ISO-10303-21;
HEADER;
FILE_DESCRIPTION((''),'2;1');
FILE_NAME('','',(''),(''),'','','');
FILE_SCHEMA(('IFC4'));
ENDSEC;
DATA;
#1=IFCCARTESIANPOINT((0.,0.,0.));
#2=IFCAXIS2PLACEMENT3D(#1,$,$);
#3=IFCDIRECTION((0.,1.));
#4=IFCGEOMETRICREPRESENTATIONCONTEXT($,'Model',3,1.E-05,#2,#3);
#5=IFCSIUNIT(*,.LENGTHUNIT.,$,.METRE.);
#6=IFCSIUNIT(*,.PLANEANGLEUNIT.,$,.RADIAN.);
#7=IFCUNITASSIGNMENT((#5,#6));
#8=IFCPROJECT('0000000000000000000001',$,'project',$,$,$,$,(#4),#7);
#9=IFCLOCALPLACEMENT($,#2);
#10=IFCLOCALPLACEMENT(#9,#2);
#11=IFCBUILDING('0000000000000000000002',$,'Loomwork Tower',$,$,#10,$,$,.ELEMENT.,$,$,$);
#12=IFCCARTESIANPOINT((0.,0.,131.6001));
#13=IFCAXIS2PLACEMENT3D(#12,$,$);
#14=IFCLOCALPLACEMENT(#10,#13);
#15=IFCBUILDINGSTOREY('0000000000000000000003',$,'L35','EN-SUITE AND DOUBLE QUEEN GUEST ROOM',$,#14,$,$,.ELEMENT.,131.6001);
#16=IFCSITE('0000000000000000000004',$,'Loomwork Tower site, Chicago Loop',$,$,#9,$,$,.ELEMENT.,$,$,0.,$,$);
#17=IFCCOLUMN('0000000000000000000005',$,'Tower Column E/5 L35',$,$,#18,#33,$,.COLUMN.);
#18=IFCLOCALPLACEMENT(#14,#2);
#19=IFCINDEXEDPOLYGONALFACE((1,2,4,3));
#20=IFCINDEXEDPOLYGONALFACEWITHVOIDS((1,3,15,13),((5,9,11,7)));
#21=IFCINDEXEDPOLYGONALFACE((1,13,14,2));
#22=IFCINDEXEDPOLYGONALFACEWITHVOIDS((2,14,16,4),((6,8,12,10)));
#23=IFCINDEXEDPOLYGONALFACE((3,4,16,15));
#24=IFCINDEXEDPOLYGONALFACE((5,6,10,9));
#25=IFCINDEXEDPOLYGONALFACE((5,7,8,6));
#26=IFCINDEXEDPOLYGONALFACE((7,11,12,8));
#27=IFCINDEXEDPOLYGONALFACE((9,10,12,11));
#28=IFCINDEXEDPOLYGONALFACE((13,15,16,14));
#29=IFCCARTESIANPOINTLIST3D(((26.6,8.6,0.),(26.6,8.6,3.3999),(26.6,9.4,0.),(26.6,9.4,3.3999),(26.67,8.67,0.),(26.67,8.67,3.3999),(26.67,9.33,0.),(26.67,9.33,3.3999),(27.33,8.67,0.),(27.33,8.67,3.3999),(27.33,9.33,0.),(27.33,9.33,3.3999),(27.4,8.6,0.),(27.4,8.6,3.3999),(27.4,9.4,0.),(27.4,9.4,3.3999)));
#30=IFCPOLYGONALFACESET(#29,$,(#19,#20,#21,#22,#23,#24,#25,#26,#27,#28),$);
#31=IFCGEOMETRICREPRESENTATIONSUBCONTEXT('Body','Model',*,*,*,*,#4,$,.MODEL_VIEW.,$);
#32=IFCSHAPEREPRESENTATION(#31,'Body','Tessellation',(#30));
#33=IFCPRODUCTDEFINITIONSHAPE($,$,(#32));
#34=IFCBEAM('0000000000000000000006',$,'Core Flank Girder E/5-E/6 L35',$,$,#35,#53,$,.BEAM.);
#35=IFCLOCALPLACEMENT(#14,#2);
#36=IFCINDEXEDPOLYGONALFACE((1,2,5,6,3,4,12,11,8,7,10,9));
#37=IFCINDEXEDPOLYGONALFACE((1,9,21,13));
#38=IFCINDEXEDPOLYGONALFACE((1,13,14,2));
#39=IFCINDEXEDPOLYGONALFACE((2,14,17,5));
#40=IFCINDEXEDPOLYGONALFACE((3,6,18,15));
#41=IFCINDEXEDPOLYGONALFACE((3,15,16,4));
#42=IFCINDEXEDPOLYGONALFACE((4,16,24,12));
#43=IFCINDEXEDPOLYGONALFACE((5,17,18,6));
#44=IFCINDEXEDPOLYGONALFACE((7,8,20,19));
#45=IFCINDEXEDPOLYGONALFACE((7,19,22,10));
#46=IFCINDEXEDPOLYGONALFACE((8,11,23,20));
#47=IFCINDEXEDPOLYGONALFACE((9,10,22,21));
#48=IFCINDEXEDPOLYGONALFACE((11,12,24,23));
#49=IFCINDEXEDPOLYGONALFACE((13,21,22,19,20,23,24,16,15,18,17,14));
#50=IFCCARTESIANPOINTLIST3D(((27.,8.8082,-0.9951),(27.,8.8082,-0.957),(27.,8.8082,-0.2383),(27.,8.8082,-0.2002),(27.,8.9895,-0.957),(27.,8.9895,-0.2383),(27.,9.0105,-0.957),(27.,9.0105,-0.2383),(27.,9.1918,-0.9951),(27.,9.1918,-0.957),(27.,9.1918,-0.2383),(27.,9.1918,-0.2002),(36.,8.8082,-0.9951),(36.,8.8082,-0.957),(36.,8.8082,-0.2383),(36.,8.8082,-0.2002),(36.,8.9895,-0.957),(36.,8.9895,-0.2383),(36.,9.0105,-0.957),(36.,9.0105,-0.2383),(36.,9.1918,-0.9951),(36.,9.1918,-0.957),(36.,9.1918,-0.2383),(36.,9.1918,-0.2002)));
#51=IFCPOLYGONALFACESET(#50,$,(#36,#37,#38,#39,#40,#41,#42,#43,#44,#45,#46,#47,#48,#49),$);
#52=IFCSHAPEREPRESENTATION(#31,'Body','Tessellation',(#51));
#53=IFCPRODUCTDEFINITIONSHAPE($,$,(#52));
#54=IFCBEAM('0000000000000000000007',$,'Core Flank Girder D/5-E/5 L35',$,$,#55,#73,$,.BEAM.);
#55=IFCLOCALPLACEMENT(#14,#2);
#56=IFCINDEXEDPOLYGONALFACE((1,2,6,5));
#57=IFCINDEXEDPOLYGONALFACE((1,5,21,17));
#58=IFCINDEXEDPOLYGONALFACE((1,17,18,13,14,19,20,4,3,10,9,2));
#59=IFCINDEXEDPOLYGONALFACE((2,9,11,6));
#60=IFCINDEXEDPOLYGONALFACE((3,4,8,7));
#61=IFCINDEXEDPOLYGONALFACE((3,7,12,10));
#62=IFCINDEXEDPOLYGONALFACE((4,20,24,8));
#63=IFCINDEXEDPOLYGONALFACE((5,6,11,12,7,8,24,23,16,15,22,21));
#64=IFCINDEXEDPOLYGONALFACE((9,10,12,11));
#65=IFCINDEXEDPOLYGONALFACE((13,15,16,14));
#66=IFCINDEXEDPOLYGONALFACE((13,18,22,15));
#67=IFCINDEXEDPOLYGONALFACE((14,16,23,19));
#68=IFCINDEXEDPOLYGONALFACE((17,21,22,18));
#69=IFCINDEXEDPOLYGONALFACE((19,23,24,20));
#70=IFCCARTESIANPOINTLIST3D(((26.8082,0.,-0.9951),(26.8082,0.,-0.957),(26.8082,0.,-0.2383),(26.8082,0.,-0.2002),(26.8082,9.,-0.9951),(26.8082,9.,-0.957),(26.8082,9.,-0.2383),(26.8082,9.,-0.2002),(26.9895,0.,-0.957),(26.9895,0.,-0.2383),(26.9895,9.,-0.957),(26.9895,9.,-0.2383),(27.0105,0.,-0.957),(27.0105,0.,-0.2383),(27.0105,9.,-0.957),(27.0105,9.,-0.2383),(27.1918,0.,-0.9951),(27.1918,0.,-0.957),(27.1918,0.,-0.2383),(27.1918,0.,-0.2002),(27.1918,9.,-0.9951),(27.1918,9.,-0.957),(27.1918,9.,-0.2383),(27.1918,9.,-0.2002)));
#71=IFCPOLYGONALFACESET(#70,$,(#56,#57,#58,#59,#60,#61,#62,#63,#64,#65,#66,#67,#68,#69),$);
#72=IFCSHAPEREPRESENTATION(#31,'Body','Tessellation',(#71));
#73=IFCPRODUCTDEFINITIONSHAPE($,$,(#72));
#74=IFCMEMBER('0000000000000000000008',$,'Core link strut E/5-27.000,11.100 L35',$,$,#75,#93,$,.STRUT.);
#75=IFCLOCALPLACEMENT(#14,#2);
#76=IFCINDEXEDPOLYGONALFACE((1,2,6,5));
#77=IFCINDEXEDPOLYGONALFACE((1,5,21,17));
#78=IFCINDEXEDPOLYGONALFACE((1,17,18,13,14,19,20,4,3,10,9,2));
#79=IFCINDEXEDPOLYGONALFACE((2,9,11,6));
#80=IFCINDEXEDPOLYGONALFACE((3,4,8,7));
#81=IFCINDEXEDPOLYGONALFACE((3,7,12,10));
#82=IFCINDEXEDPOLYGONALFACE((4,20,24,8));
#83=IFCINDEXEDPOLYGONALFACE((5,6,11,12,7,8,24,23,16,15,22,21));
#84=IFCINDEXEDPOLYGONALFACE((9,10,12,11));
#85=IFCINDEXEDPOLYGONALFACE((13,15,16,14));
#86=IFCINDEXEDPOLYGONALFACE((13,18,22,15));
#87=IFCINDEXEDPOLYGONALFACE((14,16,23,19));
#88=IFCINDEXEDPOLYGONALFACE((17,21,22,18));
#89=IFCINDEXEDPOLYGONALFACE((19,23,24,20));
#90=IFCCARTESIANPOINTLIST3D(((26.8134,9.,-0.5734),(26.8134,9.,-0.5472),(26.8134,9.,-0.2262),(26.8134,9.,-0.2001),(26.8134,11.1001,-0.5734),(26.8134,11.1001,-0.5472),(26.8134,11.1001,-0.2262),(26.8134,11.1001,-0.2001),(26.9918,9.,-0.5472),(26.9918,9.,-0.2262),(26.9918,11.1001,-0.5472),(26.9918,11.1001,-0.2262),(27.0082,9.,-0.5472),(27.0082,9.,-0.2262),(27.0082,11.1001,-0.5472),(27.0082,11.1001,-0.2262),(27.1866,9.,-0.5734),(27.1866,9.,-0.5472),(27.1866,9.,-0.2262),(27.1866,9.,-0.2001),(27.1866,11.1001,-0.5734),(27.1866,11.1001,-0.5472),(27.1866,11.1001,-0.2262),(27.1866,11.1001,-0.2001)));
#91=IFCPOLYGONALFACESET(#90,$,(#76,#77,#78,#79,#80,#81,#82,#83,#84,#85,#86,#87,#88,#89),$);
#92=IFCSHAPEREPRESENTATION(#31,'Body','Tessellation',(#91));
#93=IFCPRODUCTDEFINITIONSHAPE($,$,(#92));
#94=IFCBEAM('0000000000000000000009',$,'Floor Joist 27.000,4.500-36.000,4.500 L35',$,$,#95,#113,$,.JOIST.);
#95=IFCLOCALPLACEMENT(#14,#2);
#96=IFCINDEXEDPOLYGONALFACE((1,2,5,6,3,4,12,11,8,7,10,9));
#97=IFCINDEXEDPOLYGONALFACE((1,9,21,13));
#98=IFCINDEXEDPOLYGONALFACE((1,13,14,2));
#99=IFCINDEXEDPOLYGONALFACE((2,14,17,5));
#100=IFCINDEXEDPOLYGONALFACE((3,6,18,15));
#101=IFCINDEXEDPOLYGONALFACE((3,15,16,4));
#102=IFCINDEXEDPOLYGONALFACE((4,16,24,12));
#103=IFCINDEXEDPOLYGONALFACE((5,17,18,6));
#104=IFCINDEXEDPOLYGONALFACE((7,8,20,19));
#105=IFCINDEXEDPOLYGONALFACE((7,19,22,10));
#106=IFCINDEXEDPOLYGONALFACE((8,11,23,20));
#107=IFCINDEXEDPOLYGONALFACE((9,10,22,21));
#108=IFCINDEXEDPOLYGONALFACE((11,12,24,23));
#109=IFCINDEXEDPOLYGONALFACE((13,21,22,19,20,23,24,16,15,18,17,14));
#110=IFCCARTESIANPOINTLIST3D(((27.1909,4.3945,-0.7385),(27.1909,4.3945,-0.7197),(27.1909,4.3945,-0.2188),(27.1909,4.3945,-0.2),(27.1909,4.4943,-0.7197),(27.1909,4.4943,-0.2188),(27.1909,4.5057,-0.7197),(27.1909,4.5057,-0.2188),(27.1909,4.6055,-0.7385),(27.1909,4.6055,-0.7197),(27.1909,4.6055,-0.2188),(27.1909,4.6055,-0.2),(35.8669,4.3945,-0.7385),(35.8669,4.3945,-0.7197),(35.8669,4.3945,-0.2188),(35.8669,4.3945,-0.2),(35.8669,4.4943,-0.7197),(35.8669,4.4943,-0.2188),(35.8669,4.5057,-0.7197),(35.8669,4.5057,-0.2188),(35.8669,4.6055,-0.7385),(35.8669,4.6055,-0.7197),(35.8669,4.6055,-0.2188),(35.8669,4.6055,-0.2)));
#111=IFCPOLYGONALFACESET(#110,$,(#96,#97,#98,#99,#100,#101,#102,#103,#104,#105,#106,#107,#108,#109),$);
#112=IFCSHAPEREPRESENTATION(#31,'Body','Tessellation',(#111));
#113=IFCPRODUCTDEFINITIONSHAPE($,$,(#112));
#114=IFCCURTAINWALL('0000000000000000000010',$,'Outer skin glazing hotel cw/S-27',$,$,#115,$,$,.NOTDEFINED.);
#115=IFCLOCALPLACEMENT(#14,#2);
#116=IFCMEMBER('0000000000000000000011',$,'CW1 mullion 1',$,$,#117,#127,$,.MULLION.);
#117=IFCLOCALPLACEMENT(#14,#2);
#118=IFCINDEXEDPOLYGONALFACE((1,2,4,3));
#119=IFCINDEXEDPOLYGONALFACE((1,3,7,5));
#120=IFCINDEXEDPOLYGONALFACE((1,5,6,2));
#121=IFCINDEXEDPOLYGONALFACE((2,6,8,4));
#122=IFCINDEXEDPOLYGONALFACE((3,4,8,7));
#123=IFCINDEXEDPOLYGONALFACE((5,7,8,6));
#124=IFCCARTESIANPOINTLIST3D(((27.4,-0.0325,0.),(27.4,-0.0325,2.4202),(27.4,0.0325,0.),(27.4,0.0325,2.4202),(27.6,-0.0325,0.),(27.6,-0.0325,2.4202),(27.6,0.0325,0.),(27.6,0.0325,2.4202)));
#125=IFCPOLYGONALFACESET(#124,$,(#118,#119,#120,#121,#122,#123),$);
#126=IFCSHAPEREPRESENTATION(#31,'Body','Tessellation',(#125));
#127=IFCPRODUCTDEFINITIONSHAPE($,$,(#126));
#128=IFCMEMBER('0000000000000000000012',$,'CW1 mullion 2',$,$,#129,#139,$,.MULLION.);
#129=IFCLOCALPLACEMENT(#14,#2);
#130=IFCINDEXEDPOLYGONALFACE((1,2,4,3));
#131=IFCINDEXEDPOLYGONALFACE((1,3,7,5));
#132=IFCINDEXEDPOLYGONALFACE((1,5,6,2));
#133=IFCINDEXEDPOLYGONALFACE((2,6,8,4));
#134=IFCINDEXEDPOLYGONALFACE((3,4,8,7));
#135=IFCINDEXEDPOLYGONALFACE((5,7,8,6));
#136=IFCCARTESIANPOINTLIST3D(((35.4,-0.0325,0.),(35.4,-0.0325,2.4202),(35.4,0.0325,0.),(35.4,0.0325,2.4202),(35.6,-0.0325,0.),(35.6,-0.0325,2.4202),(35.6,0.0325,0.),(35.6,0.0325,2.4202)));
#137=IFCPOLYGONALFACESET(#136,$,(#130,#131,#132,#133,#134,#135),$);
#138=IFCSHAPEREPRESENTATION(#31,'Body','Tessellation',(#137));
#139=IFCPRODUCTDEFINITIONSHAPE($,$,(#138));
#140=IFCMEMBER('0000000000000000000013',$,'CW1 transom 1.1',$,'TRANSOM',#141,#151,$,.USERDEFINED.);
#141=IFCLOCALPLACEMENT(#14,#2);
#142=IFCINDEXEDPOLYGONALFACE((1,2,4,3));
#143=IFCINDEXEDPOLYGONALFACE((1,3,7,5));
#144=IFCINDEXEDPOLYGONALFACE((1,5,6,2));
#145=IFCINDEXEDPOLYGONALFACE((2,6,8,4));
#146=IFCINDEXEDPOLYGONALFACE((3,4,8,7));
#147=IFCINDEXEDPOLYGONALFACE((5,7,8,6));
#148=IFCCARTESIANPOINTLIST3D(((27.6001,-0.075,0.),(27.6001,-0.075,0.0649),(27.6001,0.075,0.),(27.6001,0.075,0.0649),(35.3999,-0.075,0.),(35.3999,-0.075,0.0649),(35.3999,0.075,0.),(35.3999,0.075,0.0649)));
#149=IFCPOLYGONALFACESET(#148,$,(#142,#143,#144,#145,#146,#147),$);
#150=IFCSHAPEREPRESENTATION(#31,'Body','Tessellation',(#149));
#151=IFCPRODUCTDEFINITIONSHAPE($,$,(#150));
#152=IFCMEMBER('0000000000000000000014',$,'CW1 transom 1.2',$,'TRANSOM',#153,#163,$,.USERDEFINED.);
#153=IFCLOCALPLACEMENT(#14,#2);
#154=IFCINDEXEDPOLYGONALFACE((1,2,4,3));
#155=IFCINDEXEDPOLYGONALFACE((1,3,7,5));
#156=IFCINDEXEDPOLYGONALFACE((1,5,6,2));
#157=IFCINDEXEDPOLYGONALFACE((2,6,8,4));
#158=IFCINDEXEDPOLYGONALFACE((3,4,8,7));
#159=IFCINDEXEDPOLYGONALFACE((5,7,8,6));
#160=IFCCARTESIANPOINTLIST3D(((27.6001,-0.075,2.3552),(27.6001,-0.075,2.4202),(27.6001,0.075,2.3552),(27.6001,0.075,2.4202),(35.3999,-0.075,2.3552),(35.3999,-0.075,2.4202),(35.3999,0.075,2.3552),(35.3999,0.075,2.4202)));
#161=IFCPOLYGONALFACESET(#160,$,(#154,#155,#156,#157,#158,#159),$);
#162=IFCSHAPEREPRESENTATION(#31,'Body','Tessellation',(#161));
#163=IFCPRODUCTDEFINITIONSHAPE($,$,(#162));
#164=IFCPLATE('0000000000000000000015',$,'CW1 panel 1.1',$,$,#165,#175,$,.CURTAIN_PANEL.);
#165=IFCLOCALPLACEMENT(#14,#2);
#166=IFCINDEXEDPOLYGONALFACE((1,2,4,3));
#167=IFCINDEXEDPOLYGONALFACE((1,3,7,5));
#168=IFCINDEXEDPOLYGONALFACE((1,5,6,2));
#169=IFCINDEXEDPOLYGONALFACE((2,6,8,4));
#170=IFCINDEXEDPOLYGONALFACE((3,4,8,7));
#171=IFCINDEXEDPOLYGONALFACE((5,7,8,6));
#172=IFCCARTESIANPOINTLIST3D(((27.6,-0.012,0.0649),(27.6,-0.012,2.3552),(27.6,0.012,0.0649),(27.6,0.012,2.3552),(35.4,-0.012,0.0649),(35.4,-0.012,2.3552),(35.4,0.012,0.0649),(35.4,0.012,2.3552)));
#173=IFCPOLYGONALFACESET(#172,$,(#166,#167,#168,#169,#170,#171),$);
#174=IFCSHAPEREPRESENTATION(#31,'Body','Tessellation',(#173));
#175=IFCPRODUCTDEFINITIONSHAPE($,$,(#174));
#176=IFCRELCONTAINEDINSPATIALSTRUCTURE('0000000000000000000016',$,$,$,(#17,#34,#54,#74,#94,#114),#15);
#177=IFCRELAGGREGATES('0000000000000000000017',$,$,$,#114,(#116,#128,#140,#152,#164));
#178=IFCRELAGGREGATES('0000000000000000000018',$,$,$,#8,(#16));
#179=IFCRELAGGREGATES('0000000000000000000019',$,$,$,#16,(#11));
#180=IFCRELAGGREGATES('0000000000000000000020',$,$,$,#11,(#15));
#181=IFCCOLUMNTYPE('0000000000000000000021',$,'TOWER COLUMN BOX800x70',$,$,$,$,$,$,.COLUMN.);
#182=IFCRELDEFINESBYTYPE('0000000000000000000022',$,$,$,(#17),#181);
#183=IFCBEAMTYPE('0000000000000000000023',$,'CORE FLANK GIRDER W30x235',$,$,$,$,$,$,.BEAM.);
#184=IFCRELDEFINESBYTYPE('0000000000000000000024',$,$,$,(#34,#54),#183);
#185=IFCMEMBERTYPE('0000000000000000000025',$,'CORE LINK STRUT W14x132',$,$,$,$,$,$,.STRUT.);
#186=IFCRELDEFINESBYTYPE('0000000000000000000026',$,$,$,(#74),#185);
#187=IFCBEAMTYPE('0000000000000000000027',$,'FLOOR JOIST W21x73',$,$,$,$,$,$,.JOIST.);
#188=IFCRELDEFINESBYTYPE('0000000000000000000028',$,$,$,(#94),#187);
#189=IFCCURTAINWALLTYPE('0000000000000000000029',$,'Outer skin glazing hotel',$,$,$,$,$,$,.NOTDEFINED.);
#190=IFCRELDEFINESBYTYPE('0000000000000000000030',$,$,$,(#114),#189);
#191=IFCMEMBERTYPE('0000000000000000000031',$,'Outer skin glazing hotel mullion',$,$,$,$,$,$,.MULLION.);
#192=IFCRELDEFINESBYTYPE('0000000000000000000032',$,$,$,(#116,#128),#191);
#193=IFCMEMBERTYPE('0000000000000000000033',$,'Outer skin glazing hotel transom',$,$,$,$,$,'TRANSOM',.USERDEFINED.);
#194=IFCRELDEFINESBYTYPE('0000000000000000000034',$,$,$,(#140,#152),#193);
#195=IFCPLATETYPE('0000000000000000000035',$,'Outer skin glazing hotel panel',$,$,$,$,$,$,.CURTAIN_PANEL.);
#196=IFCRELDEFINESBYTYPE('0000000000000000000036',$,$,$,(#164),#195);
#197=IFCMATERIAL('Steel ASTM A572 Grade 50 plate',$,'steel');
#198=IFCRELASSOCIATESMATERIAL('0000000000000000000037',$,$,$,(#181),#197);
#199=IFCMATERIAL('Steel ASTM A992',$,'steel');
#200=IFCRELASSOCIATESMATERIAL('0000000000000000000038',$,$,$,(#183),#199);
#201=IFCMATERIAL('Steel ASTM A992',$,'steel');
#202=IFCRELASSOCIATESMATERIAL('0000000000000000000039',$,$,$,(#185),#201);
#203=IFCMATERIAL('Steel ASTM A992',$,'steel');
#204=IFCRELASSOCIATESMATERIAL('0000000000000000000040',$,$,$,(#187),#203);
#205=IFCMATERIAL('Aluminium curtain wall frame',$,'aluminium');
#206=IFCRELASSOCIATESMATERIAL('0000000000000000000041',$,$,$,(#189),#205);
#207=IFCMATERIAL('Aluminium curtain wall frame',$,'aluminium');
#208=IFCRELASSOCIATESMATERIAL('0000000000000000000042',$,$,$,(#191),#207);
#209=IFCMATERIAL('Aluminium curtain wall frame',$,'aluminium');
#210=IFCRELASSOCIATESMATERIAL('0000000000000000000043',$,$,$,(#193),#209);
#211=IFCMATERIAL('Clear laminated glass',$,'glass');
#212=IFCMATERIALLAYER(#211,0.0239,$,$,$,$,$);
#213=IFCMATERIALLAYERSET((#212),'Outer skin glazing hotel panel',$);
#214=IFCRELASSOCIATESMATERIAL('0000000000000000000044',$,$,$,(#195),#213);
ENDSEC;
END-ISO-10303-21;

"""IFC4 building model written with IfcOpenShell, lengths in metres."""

from ifc_helpers import new_model, si_unit, direction, frame, origin, origin_2d, place, context, subcontext, project, spatial, rectangle, hollow_rectangle, i_section, extrude, material, layer, layer_set, material_profile, profile_set, type_object, element, aggregate, save


model = new_model("IFC4")

# Units and contexts
model_context = context("Model", 3, precision=1e-05, world=origin(), true_north=direction((0.0, 1.0)))
body_context = subcontext(model_context, "Body", "Model", "MODEL_VIEW")
ifc_project = project(units=[si_unit("LENGTHUNIT", "METRE"), si_unit("PLANEANGLEUNIT", "RADIAN")], contexts=[model_context])

# Site, building, storey
site_placement = place(None, origin())
site = spatial("IfcSite", under=ifc_project, at=site_placement, Name="Loomwork Tower site, Chicago Loop", CompositionType="ELEMENT", RefElevation=0.0)
building_placement = place(site_placement, origin())
building = spatial("IfcBuilding", under=site, at=building_placement, Name="Loomwork Tower", CompositionType="ELEMENT")
storey_placement = place(building_placement, frame((0.0, 0.0, 131.6001)))
storey = spatial("IfcBuildingStorey", under=building, at=storey_placement, Name="L35", Description="EN-SUITE AND DOUBLE QUEEN GUEST ROOM", CompositionType="ELEMENT", Elevation=131.6001)

# Column
ifc_material_1 = material(Name="Steel ASTM A572 Grade 50 plate", Category="steel")
ifc_material_profile_1 = material_profile(ifc_material_1, hollow_rectangle(XDim=0.8, YDim=0.8, WallThickness=0.0701, at=origin_2d()), Name="BOX800x70")
ifc_profile_set_1 = profile_set([ifc_material_profile_1], Name="Steel ASTM A572 Grade 50 plate")
column_type = type_object("IfcColumnType", Name="TOWER COLUMN BOX800x70", PredefinedType="COLUMN", material=ifc_profile_set_1)
column_placement = place(storey_placement, frame((27.0, 9.0, 0.0), z_axis=(0.0, 0.0, 1.0), x_axis=(1.0, 0.0, 0.0)))
element("IfcColumn", 1, at=column_placement, inside=storey, type_object=column_type, Name="Tower Column E/5 L35", PredefinedType="COLUMN", context=body_context, shape_type="SweptSolid", body=[
    extrude(hollow_rectangle(XDim=0.8, YDim=0.8, WallThickness=0.0701, at=origin_2d()), origin(), (0.0, 0.0, 1.0), 3.3999),
])

# Beams
ifc_material_2 = material(Name="Steel ASTM A992", Category="steel")
ifc_material_profile_2 = material_profile(ifc_material_2, i_section(OverallWidth=0.3835, OverallDepth=0.7949, WebThickness=0.021, FlangeThickness=0.0381, at=origin_2d()), Name="W30x235")
ifc_profile_set_2 = profile_set([ifc_material_profile_2], Name="Steel ASTM A992")
beam_type_1 = type_object("IfcBeamType", Name="CORE FLANK GIRDER W30x235", PredefinedType="BEAM", material=ifc_profile_set_2)
for number, where, z_axis, x_axis, name in (
    (2, (27.0, 9.0, -0.5977), (1.0, 0.0, 0.0), (0.0, 1.0, 0.0), "Core Flank Girder E/5-E/6 L35"),
    (3, (27.0, 0.0, -0.5977), (0.0, 1.0, 0.0), (-1.0, 0.0, 0.0), "Core Flank Girder D/5-E/5 L35"),
):
    element("IfcBeam", number, at=place(storey_placement, frame(where, z_axis=z_axis, x_axis=x_axis)), inside=storey, type_object=beam_type_1, Name=name, PredefinedType="BEAM", context=body_context, shape_type="SweptSolid", body=[
        extrude(i_section(OverallWidth=0.3835, OverallDepth=0.7949, WebThickness=0.021, FlangeThickness=0.0381, at=origin_2d()), origin(), (0.0, 0.0, 1.0), 9.0),
    ])

# Member
ifc_material_3 = material(Name="Steel ASTM A992", Category="steel")
ifc_material_profile_3 = material_profile(ifc_material_3, i_section(OverallWidth=0.3733, OverallDepth=0.3733, WebThickness=0.0164, FlangeThickness=0.0261, at=origin_2d()), Name="W14x132")
ifc_profile_set_3 = profile_set([ifc_material_profile_3], Name="Steel ASTM A992")
member_type_1 = type_object("IfcMemberType", Name="CORE LINK STRUT W14x132", PredefinedType="STRUT", material=ifc_profile_set_3)
member_1_placement = place(storey_placement, frame((27.0, 9.0, -0.3867), z_axis=(0.0, 1.0, 0.0), x_axis=(-1.0, 0.0, 0.0)))
element("IfcMember", 4, at=member_1_placement, inside=storey, type_object=member_type_1, Name="Core link strut E/5-27.000,11.100 L35", PredefinedType="STRUT", context=body_context, shape_type="SweptSolid", body=[
    extrude(i_section(OverallWidth=0.3733, OverallDepth=0.3733, WebThickness=0.0164, FlangeThickness=0.0261, at=origin_2d()), origin(), (0.0, 0.0, 1.0), 2.1001),
])

# Beam
ifc_material_4 = material(Name="Steel ASTM A992", Category="steel")
ifc_material_profile_4 = material_profile(ifc_material_4, i_section(OverallWidth=0.2109, OverallDepth=0.5386, WebThickness=0.0115, FlangeThickness=0.0188, at=origin_2d()), Name="W21x73")
ifc_profile_set_4 = profile_set([ifc_material_profile_4], Name="Steel ASTM A992")
beam_type_2 = type_object("IfcBeamType", Name="FLOOR JOIST W21x73", PredefinedType="JOIST", material=ifc_profile_set_4)
beam_placement = place(storey_placement, frame((27.1909, 4.5, -0.4692), z_axis=(1.0, 0.0, 0.0), x_axis=(0.0, 1.0, 0.0)))
element("IfcBeam", 5, at=beam_placement, inside=storey, type_object=beam_type_2, Name="Floor Joist 27.000,4.500-36.000,4.500 L35", PredefinedType="JOIST", context=body_context, shape_type="SweptSolid", body=[
    extrude(i_section(OverallWidth=0.2109, OverallDepth=0.5386, WebThickness=0.0115, FlangeThickness=0.0188, at=origin_2d()), origin(), (0.0, 0.0, 1.0), 8.676),
])

# Curtain wall, members, plate
ifc_material_5 = material(Name="Aluminium curtain wall frame", Category="aluminium")
curtain_wall_type = type_object("IfcCurtainWallType", Name="Outer skin glazing hotel", PredefinedType="NOTDEFINED", material=ifc_material_5)
curtain_wall_placement = place(storey_placement, origin())
curtain_wall = element("IfcCurtainWall", 6, at=curtain_wall_placement, inside=storey, type_object=curtain_wall_type, Name="Outer skin glazing hotel cw/S-27", PredefinedType="NOTDEFINED")
ifc_material_6 = material(Name="Aluminium curtain wall frame", Category="aluminium")
ifc_material_profile_5 = material_profile(ifc_material_6, rectangle(XDim=0.0649, YDim=0.2, at=origin_2d()), Name="AL 65x200")
ifc_profile_set_5 = profile_set([ifc_material_profile_5], Name="Aluminium curtain wall frame")
member_type_2 = type_object("IfcMemberType", Name="Outer skin glazing hotel mullion", PredefinedType="MULLION", material=ifc_profile_set_5)
member_2_placement = place(storey_placement, frame((27.5, 0.0, 0.0), z_axis=(0.0, 0.0, 1.0), x_axis=(0.0, 1.0, 0.0)))
member_2 = element("IfcMember", 7, at=member_2_placement, type_object=member_type_2, Name="CW1 mullion 1", PredefinedType="MULLION", context=body_context, shape_type="SweptSolid", body=[
    extrude(rectangle(XDim=0.0649, YDim=0.2, at=origin_2d()), origin(), (0.0, 0.0, 1.0), 2.4202),
])
member_3_placement = place(storey_placement, frame((35.5, 0.0, 0.0), z_axis=(0.0, 0.0, 1.0), x_axis=(0.0, 1.0, 0.0)))
member_3 = element("IfcMember", 8, at=member_3_placement, type_object=member_type_2, Name="CW1 mullion 2", PredefinedType="MULLION", context=body_context, shape_type="SweptSolid", body=[
    extrude(rectangle(XDim=0.0649, YDim=0.2, at=origin_2d()), origin(), (0.0, 0.0, 1.0), 2.4202),
])
ifc_material_7 = material(Name="Aluminium curtain wall frame", Category="aluminium")
ifc_material_profile_6 = material_profile(ifc_material_7, rectangle(XDim=0.1499, YDim=0.0649, at=origin_2d()), Name="AL 65x150")
ifc_profile_set_6 = profile_set([ifc_material_profile_6], Name="Aluminium curtain wall frame")
member_type_3 = type_object("IfcMemberType", Name="Outer skin glazing hotel transom", ElementType="TRANSOM", PredefinedType="USERDEFINED", material=ifc_profile_set_6)
member_4_placement = place(storey_placement, frame((27.6001, 0.0, 0.0325), z_axis=(1.0, 0.0, 0.0), x_axis=(0.0, 1.0, 0.0)))
member_4 = element("IfcMember", 9, at=member_4_placement, type_object=member_type_3, Name="CW1 transom 1.1", ObjectType="TRANSOM", PredefinedType="USERDEFINED", context=body_context, shape_type="SweptSolid", body=[
    extrude(rectangle(XDim=0.1499, YDim=0.0649, at=origin_2d()), origin(), (0.0, 0.0, 1.0), 7.7998),
])
member_5_placement = place(storey_placement, frame((27.6001, 0.0, 2.3877), z_axis=(1.0, 0.0, 0.0), x_axis=(0.0, 1.0, 0.0)))
member_5 = element("IfcMember", 10, at=member_5_placement, type_object=member_type_3, Name="CW1 transom 1.2", ObjectType="TRANSOM", PredefinedType="USERDEFINED", context=body_context, shape_type="SweptSolid", body=[
    extrude(rectangle(XDim=0.1499, YDim=0.0649, at=origin_2d()), origin(), (0.0, 0.0, 1.0), 7.7998),
])
ifc_material_8 = material(Name="Clear laminated glass", Category="glass")
ifc_layer_1 = layer(ifc_material_8, 0.0239)
ifc_layer_set_1 = layer_set([ifc_layer_1], Name="Outer skin glazing hotel panel")
plate_type = type_object("IfcPlateType", Name="Outer skin glazing hotel panel", PredefinedType="CURTAIN_PANEL", material=ifc_layer_set_1)
plate_placement = place(storey_placement, frame((31.5, 0.0, 0.0649), z_axis=(0.0, 0.0, 1.0), x_axis=(1.0, 0.0, 0.0)))
plate = element("IfcPlate", 11, at=plate_placement, type_object=plate_type, Name="CW1 panel 1.1", PredefinedType="CURTAIN_PANEL", context=body_context, shape_type="SweptSolid", body=[
    extrude(rectangle(XDim=7.8, YDim=0.0239, at=origin_2d()), origin(), (0.0, 0.0, 1.0), 2.2903),
])
aggregate(curtain_wall, [member_2, member_3, member_4, member_5, plate])

save(model, "model.ifc")
